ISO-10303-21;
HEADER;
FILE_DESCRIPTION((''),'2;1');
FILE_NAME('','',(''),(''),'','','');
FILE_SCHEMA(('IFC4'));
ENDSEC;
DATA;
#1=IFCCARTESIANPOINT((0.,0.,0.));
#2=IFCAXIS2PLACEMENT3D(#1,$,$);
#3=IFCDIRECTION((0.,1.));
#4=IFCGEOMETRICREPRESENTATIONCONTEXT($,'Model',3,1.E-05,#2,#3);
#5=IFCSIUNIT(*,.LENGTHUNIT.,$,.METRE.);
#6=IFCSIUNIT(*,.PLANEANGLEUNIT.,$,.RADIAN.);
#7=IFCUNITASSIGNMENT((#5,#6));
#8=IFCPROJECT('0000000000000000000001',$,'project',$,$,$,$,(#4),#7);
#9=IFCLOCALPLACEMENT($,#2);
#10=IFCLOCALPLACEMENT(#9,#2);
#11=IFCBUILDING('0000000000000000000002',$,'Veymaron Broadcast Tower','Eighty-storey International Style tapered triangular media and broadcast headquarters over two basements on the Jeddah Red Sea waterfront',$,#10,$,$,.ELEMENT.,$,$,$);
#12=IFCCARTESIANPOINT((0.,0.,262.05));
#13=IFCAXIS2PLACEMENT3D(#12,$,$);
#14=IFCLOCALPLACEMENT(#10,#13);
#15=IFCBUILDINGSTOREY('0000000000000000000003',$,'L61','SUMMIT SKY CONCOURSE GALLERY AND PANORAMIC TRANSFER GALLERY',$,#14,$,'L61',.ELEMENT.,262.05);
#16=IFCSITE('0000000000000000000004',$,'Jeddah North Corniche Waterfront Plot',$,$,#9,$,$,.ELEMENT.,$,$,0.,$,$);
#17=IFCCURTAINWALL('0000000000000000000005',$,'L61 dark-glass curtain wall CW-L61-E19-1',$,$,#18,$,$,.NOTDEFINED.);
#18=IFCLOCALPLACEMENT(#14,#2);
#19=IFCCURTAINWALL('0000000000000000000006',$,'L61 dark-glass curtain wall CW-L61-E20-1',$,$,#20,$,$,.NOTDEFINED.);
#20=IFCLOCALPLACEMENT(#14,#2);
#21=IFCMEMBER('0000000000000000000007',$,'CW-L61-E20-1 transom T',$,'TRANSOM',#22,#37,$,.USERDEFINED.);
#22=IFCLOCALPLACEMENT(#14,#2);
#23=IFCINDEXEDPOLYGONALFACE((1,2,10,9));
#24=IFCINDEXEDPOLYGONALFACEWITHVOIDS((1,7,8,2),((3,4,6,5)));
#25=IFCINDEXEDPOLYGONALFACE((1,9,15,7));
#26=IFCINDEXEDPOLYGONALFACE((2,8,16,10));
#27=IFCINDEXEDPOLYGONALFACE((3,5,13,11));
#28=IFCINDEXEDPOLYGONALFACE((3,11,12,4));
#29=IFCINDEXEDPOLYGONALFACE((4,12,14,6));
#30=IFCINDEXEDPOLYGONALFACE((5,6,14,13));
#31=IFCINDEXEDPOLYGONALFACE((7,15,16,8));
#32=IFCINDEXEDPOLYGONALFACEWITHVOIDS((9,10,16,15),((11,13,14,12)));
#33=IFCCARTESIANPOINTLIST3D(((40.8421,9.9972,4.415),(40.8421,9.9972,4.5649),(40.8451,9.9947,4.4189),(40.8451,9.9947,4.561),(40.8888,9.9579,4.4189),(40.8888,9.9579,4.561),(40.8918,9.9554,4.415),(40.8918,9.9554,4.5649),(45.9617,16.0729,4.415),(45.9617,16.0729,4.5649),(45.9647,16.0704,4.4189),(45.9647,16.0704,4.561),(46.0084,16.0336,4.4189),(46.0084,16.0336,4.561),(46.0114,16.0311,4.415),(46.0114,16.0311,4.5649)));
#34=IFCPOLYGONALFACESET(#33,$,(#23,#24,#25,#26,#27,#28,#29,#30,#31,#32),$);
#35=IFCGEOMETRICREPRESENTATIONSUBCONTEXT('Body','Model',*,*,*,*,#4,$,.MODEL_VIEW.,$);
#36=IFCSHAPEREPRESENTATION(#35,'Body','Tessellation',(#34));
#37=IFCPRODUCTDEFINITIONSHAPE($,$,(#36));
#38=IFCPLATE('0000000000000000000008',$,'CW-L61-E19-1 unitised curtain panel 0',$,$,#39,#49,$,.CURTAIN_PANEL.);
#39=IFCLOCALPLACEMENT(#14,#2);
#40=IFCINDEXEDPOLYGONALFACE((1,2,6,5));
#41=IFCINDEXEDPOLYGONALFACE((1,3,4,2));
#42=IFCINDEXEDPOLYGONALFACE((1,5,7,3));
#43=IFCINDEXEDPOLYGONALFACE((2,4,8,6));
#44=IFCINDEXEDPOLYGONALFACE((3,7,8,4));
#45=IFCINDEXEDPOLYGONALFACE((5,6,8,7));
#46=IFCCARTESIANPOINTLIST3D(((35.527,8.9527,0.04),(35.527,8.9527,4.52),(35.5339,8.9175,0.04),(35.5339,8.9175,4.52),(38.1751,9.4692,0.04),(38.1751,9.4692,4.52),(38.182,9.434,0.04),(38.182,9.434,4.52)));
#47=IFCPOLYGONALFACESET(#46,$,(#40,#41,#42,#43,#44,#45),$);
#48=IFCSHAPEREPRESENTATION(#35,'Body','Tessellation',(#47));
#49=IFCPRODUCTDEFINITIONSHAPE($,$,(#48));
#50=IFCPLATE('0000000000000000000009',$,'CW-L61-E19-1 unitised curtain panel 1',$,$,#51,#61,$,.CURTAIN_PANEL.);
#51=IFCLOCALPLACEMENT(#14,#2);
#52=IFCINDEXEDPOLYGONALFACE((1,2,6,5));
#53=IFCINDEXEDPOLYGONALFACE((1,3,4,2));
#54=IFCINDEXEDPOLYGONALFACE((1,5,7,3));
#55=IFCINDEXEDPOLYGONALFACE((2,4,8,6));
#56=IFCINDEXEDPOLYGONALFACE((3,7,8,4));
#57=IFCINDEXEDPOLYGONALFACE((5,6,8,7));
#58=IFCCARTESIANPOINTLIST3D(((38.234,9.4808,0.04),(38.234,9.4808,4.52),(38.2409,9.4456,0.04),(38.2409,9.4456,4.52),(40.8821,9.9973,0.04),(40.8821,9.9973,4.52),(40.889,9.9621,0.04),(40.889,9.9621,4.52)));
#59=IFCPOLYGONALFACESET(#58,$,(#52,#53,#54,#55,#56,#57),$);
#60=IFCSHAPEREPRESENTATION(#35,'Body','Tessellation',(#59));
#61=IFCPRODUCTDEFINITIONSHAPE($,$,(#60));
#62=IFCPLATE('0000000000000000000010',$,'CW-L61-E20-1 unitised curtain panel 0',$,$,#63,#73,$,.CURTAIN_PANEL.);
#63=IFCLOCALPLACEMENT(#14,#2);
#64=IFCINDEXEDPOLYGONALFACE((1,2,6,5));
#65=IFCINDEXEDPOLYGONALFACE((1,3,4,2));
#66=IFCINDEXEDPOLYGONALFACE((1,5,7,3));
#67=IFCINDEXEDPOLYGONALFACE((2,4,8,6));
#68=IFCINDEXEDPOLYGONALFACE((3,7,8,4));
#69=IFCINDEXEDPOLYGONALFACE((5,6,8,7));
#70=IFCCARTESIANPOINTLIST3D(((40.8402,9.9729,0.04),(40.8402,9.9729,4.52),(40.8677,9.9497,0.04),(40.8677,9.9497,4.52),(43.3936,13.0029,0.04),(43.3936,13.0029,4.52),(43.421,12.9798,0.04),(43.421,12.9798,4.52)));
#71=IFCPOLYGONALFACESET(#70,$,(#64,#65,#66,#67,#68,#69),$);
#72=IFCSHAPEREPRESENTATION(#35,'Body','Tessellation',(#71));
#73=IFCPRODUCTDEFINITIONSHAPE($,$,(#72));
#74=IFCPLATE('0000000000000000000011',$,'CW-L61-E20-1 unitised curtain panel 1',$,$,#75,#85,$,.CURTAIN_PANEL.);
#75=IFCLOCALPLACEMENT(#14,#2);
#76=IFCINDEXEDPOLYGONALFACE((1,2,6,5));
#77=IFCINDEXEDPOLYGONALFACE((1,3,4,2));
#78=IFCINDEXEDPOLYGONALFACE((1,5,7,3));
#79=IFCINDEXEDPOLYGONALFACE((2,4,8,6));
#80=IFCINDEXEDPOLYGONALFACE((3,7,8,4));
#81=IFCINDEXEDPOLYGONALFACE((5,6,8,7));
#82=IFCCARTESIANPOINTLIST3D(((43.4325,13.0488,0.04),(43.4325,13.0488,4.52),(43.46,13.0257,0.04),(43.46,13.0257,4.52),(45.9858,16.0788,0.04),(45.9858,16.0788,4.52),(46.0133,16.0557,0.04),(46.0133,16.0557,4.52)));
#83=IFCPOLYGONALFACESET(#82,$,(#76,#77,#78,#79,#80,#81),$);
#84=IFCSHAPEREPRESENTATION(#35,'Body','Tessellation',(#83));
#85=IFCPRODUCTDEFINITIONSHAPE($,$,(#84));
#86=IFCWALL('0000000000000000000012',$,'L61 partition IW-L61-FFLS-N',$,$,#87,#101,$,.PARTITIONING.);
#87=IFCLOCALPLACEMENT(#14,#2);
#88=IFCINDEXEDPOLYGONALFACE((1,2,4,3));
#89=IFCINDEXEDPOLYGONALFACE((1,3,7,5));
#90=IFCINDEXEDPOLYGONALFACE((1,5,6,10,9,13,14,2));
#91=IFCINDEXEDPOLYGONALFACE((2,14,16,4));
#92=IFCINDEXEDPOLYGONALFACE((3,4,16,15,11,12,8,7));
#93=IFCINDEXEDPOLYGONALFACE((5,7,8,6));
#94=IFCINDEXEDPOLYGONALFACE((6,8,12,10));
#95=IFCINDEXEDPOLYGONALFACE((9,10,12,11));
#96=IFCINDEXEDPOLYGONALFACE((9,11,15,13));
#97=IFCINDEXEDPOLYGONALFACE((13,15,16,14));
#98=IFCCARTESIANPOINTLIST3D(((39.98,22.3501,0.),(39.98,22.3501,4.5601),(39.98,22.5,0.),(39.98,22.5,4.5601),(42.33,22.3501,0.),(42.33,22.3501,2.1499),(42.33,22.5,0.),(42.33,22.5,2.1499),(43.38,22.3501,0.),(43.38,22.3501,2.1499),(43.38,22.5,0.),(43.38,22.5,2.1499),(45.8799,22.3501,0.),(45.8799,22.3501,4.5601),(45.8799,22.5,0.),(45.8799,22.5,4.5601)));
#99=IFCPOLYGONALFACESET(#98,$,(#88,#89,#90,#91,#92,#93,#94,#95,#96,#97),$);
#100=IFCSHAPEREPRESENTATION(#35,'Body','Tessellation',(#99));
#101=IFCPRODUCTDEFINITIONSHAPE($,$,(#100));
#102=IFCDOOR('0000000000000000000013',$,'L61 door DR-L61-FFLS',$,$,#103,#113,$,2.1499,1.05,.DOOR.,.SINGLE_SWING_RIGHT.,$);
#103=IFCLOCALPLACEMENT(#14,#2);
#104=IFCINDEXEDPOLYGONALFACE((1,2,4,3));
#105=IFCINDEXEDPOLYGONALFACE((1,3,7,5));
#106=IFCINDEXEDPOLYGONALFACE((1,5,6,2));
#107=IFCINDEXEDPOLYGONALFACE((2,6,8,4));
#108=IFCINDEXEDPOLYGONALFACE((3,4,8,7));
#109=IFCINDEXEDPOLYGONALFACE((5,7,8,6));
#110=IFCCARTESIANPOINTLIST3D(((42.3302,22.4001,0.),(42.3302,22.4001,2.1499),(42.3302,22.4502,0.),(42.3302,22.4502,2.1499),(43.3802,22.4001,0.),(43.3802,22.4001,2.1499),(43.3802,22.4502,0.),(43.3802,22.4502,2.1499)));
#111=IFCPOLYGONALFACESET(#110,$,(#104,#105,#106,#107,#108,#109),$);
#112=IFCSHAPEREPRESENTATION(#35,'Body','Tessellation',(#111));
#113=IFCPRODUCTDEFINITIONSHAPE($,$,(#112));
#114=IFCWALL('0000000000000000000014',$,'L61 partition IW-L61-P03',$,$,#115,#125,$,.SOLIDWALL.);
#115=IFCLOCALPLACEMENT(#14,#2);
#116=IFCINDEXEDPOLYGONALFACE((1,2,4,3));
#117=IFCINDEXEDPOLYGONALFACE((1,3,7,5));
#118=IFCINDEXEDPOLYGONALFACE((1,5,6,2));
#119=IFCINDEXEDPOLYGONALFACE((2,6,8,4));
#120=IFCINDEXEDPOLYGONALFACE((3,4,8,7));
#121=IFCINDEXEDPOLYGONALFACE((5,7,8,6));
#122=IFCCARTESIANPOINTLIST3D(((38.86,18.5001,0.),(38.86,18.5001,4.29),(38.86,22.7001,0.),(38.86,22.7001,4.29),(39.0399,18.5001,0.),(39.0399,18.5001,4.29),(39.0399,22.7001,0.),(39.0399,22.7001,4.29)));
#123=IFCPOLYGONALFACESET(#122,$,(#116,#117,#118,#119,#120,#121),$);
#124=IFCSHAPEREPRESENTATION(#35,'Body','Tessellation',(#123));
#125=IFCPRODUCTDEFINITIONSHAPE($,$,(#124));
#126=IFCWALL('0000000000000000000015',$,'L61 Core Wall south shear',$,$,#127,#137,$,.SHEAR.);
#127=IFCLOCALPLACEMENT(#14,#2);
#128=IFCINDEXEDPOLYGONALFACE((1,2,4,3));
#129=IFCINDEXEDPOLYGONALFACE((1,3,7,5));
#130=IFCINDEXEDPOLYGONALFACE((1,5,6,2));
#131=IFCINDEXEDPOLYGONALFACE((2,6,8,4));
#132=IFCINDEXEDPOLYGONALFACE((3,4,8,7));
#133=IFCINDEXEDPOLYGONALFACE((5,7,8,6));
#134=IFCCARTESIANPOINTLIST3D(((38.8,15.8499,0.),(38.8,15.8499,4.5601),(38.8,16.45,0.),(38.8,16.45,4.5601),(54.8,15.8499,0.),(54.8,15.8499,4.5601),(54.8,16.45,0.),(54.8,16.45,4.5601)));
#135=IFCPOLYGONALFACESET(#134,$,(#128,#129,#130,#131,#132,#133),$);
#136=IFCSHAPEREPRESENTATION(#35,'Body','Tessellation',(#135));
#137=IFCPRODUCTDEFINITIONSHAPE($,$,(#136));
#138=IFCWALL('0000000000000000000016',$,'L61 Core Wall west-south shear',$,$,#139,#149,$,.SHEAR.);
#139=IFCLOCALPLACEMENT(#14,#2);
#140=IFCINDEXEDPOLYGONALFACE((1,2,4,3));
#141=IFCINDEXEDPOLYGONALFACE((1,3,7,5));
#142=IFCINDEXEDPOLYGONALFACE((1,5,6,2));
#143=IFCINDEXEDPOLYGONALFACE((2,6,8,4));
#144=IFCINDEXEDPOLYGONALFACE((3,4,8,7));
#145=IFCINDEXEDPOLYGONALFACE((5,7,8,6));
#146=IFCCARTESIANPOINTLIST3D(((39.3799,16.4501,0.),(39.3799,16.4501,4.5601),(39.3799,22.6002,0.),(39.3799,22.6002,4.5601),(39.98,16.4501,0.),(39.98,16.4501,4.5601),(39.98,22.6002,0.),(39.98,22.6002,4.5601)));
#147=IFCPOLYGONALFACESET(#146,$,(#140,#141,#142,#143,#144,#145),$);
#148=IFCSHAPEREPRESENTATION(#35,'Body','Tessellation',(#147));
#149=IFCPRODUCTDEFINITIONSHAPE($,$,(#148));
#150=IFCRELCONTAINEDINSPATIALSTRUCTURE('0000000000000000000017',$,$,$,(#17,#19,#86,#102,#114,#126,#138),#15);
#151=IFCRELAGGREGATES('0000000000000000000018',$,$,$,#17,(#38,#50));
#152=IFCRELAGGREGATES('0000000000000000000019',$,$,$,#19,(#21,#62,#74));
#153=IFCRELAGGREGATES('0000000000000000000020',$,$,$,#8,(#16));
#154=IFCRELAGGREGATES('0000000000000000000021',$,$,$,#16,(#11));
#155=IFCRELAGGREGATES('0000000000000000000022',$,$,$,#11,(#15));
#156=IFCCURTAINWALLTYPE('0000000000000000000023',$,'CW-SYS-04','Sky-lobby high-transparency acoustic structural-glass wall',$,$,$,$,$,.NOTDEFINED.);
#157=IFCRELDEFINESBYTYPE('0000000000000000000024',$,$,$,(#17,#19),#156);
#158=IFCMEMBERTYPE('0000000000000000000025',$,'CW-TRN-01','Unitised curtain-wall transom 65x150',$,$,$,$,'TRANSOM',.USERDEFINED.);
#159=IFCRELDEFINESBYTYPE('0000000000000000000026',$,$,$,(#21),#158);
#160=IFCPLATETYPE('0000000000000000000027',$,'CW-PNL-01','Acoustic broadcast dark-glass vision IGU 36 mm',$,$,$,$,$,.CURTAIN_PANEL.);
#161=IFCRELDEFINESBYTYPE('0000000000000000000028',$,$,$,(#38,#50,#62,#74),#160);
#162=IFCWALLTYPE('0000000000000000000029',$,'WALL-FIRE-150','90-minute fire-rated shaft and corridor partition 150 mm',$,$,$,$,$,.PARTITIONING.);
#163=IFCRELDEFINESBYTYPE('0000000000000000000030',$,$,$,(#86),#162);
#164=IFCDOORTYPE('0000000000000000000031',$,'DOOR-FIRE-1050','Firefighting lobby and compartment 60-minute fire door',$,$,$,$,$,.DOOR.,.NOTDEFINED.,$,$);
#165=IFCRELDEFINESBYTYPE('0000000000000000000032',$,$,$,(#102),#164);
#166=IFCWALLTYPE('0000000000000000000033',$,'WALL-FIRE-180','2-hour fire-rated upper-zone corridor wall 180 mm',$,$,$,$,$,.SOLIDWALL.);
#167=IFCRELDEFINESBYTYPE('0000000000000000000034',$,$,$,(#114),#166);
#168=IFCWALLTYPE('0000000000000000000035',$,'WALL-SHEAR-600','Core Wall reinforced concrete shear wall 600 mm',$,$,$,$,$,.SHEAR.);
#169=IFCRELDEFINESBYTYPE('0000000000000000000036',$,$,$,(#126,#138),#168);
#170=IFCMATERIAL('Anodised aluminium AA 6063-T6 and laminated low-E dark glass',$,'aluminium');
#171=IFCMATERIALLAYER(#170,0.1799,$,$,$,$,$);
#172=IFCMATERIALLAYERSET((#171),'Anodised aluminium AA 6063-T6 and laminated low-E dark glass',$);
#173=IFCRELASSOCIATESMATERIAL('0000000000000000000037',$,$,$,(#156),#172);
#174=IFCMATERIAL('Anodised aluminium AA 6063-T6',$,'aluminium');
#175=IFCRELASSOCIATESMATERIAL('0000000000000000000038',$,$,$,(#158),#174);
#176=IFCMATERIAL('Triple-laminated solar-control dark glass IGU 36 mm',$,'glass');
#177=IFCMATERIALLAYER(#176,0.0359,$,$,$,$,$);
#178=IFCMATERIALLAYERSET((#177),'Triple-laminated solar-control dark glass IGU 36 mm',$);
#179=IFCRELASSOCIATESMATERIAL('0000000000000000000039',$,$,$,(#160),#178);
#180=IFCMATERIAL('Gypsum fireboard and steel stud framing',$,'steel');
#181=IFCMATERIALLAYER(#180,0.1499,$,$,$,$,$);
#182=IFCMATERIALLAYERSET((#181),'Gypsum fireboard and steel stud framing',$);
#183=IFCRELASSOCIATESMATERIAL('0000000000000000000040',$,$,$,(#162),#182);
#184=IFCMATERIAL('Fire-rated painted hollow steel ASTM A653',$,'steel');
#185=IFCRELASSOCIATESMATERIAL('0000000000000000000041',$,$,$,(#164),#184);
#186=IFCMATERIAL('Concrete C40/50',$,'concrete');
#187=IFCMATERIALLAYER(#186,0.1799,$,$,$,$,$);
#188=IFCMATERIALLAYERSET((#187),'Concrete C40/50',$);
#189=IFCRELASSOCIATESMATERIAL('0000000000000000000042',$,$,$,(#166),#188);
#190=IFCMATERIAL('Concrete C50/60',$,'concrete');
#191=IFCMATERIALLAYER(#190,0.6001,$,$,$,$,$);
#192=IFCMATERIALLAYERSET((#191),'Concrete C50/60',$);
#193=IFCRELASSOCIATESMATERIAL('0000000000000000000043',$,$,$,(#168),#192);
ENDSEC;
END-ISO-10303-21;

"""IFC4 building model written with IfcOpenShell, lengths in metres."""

from ifc_helpers import new_model, si_unit, direction, frame, frame_2d, origin, origin_2d, place, context, subcontext, project, spatial, rectangle, hollow_rectangle, extrude, material, layer, layer_set, material_profile, profile_set, type_object, element, fill, aggregate, save


model = new_model("IFC4")

# Units and contexts
model_context = context("Model", 3, precision=1e-05, world=origin(), true_north=direction((0.0, 1.0)))
body_context = subcontext(model_context, "Body", "Model", "MODEL_VIEW")
ifc_project = project(units=[si_unit("LENGTHUNIT", "METRE"), si_unit("PLANEANGLEUNIT", "RADIAN")], contexts=[model_context])

# Site, building, storey
site_placement = place(None, origin())
site = spatial("IfcSite", under=ifc_project, at=site_placement, Name="Jeddah North Corniche Waterfront Plot", CompositionType="ELEMENT", RefElevation=0.0)
building_placement = place(site_placement, origin())
building = spatial("IfcBuilding", under=site, at=building_placement, Name="Veymaron Broadcast Tower", Description="Eighty-storey International Style tapered triangular media and broadcast headquarters over two basements on the Jeddah Red Sea waterfront", CompositionType="ELEMENT")
storey_placement = place(building_placement, frame((0.0, 0.0, 262.05)))
storey = spatial("IfcBuildingStorey", under=building, at=storey_placement, Name="L61", Description="SUMMIT SKY CONCOURSE GALLERY AND PANORAMIC TRANSFER GALLERY", LongName="L61", CompositionType="ELEMENT", Elevation=262.05)

# Curtain walls, member
ifc_material_1 = material(Name="Anodised aluminium AA 6063-T6 and laminated low-E dark glass", Category="aluminium")
ifc_layer_1 = layer(ifc_material_1, 0.1799)
ifc_layer_set_1 = layer_set([ifc_layer_1], Name="Anodised aluminium AA 6063-T6 and laminated low-E dark glass")
curtain_wall_type = type_object("IfcCurtainWallType", Name="CW-SYS-04", Description="Sky-lobby high-transparency acoustic structural-glass wall", PredefinedType="NOTDEFINED", material=ifc_layer_set_1)
curtain_wall_1_placement = place(storey_placement, origin())
curtain_wall_1 = element("IfcCurtainWall", 1, at=curtain_wall_1_placement, inside=storey, type_object=curtain_wall_type, Name="L61 dark-glass curtain wall CW-L61-E19-1", PredefinedType="NOTDEFINED")
ifc_material_2 = material(Name="Anodised aluminium AA 6063-T6", Category="aluminium")
curtain_wall_2_placement = place(storey_placement, origin())
curtain_wall_2 = element("IfcCurtainWall", 2, at=curtain_wall_2_placement, inside=storey, type_object=curtain_wall_type, Name="L61 dark-glass curtain wall CW-L61-E20-1", PredefinedType="NOTDEFINED")
ifc_material_profile_1 = material_profile(ifc_material_2, hollow_rectangle(XDim=0.0649, YDim=0.1499, WallThickness=0.0039, at=origin_2d()), Name="AL150X65X4")
ifc_profile_set_1 = profile_set([ifc_material_profile_1], Name="Anodised aluminium AA 6063-T6")
member_type_1 = type_object("IfcMemberType", Name="CW-TRN-01", Description="Unitised curtain-wall transom 65x150", ElementType="TRANSOM", PredefinedType="USERDEFINED", material=ifc_profile_set_1)
member_1_placement = place(storey_placement, frame((40.8669, 9.9763, 4.49), z_axis=(0.644376, 0.764709, 0.0), x_axis=(-0.764709, 0.644376, 0.0)))
member_1 = element("IfcMember", 3, at=member_1_placement, type_object=member_type_1, Name="CW-L61-E20-1 transom T", ObjectType="TRANSOM", PredefinedType="USERDEFINED", context=body_context, shape_type="SweptSolid", body=[
    extrude(hollow_rectangle(XDim=0.0649, YDim=0.1499, WallThickness=0.0039, at=origin_2d()), origin(), (0.0, 0.0, 1.0), 7.9451),
])

# Plates
ifc_material_3 = material(Name="Triple-laminated solar-control dark glass IGU 36 mm", Category="glass")
ifc_layer_2 = layer(ifc_material_3, 0.0359)
ifc_layer_set_2 = layer_set([ifc_layer_2], Name="Triple-laminated solar-control dark glass IGU 36 mm")
plate_type = type_object("IfcPlateType", Name="CW-PNL-01", Description="Acoustic broadcast dark-glass vision IGU 36 mm", PredefinedType="CURTAIN_PANEL", material=ifc_layer_set_2)
plate_1_placement = place(storey_placement, frame((36.8545, 9.1934, 0.04), z_axis=(0.0, 0.0, 1.0), x_axis=(0.981504, 0.191443, 0.0)))
plate_1 = element("IfcPlate", 4, at=plate_1_placement, type_object=plate_type, Name="CW-L61-E19-1 unitised curtain panel 0", PredefinedType="CURTAIN_PANEL", context=body_context, shape_type="SweptSolid", body=[
    extrude(rectangle(XDim=2.698, YDim=0.0359, at=origin_2d()), origin(), (0.0, 0.0, 1.0), 4.48),
])
plate_2_placement = place(storey_placement, frame((39.5615, 9.7214, 0.04), z_axis=(0.0, 0.0, 1.0), x_axis=(0.981504, 0.191443, 0.0)))
plate_2 = element("IfcPlate", 5, at=plate_2_placement, type_object=plate_type, Name="CW-L61-E19-1 unitised curtain panel 1", PredefinedType="CURTAIN_PANEL", context=body_context, shape_type="SweptSolid", body=[
    extrude(rectangle(XDim=2.698, YDim=0.0359, at=origin_2d()), origin(), (0.0, 0.0, 1.0), 4.48),
])
aggregate(curtain_wall_1, [plate_1, plate_2])
plate_3_placement = place(storey_placement, frame((42.1306, 11.4763, 0.04), z_axis=(0.0, 0.0, 1.0), x_axis=(0.644391, 0.764697, 0.0)))
plate_3 = element("IfcPlate", 6, at=plate_3_placement, type_object=plate_type, Name="CW-L61-E20-1 unitised curtain panel 0", PredefinedType="CURTAIN_PANEL", context=body_context, shape_type="SweptSolid", body=[
    extrude(rectangle(XDim=3.9624, YDim=0.0359, at=origin_2d()), origin(), (0.0, 0.0, 1.0), 4.48),
])
plate_4_placement = place(storey_placement, frame((44.7229, 14.5522, 0.04), z_axis=(0.0, 0.0, 1.0), x_axis=(0.644391, 0.764697, 0.0)))
plate_4 = element("IfcPlate", 7, at=plate_4_placement, type_object=plate_type, Name="CW-L61-E20-1 unitised curtain panel 1", PredefinedType="CURTAIN_PANEL", context=body_context, shape_type="SweptSolid", body=[
    extrude(rectangle(XDim=3.9624, YDim=0.0359, at=origin_2d()), origin(), (0.0, 0.0, 1.0), 4.48),
])
aggregate(curtain_wall_2, [member_1, plate_3, plate_4])

# Wall, opening, door
ifc_material_4 = material(Name="Gypsum fireboard and steel stud framing", Category="steel")
ifc_layer_3 = layer(ifc_material_4, 0.1499)
ifc_layer_set_3 = layer_set([ifc_layer_3], Name="Gypsum fireboard and steel stud framing")
wall_type_1 = type_object("IfcWallType", Name="WALL-FIRE-150", Description="90-minute fire-rated shaft and corridor partition 150 mm", PredefinedType="PARTITIONING", material=ifc_layer_set_3)
wall_1_placement = place(storey_placement, frame((39.98, 22.425, 0.0), z_axis=(0.0, 0.0, 1.0), x_axis=(1.0, 0.0, 0.0)))
wall_1 = element("IfcWall", 8, at=wall_1_placement, inside=storey, type_object=wall_type_1, Name="L61 partition IW-L61-FFLS-N", PredefinedType="PARTITIONING", context=body_context, shape_type="SweptSolid", body=[
    extrude(rectangle(XDim=5.8999, YDim=0.1499, at=frame_2d((2.95, 0.0))), origin(), (0.0, 0.0, 1.0), 4.5601),
])
opening_1_placement = place(wall_1_placement, frame((2.3501, 0.0, 0.0)))
opening_1 = element("IfcOpeningElement", 9, at=opening_1_placement, cuts=wall_1, PredefinedType="OPENING", context=body_context, shape_type="SweptSolid", body=[
    extrude(rectangle(XDim=1.05, YDim=2.1499, at=frame_2d((0.5249, 1.075))), frame((0.0, 0.085, 0.0), z_axis=(0.0, -1.0, 0.0), x_axis=(1.0, 0.0, 0.0)), (0.0, 0.0, 1.0), 0.1699),
])
ifc_material_5 = material(Name="Fire-rated painted hollow steel ASTM A653", Category="steel")
door_type_1 = type_object("IfcDoorType", Name="DOOR-FIRE-1050", Description="Firefighting lobby and compartment 60-minute fire door", OperationType="NOTDEFINED", PredefinedType="DOOR", material=ifc_material_5)
door_1_placement = place(opening_1_placement, frame((1.05, 0.0, 0.0), z_axis=(0.0, 0.0, 1.0), x_axis=(-1.0, 0.0, 0.0)))
door_1 = element("IfcDoor", 10, at=door_1_placement, inside=storey, type_object=door_type_1, Name="L61 door DR-L61-FFLS", OperationType="SINGLE_SWING_RIGHT", OverallHeight=2.1499, OverallWidth=1.05, PredefinedType="DOOR", context=body_context, shape_type="SweptSolid", body=[
    extrude(rectangle(XDim=1.05, YDim=2.1499, at=frame_2d((0.5249, 1.075))), frame((0.0, 0.0249, 0.0), z_axis=(0.0, -1.0, 0.0), x_axis=(1.0, 0.0, 0.0)), (0.0, 0.0, 1.0), 0.05),
])
fill(opening_1, door_1)

# Wall
ifc_material_6 = material(Name="Concrete C40/50", Category="concrete")
ifc_layer_4 = layer(ifc_material_6, 0.1799)
ifc_layer_set_4 = layer_set([ifc_layer_4], Name="Concrete C40/50")
wall_type_2 = type_object("IfcWallType", Name="WALL-FIRE-180", Description="2-hour fire-rated upper-zone corridor wall 180 mm", PredefinedType="SOLIDWALL", material=ifc_layer_set_4)
wall_2_placement = place(storey_placement, frame((38.95, 18.5, 0.0), z_axis=(0.0, 0.0, 1.0), x_axis=(0.0, 1.0, 0.0)))
element("IfcWall", 11, at=wall_2_placement, inside=storey, type_object=wall_type_2, Name="L61 partition IW-L61-P03", PredefinedType="SOLIDWALL", context=body_context, shape_type="SweptSolid", body=[
    extrude(rectangle(XDim=4.2, YDim=0.1799, at=frame_2d((2.1001, 0.0))), origin(), (0.0, 0.0, 1.0), 4.29),
])

# Shared definitions
ifc_material_7 = material(Name="Concrete C50/60", Category="concrete")

# Walls
ifc_layer_5 = layer(ifc_material_7, 0.6001)
ifc_layer_set_5 = layer_set([ifc_layer_5], Name="Concrete C50/60")
wall_type_3 = type_object("IfcWallType", Name="WALL-SHEAR-600", Description="Core Wall reinforced concrete shear wall 600 mm", PredefinedType="SHEAR", material=ifc_layer_set_5)
wall_3_placement = place(storey_placement, frame((38.8, 16.1499, 0.0), z_axis=(0.0, 0.0, 1.0), x_axis=(1.0, 0.0, 0.0)))
element("IfcWall", 12, at=wall_3_placement, inside=storey, type_object=wall_type_3, Name="L61 Core Wall south shear", PredefinedType="SHEAR", context=body_context, shape_type="SweptSolid", body=[
    extrude(rectangle(XDim=16.0, YDim=0.6001, at=frame_2d((8.0, 0.0))), origin(), (0.0, 0.0, 1.0), 4.5601),
])
wall_4_placement = place(storey_placement, frame((39.6799, 16.45, 0.0), z_axis=(0.0, 0.0, 1.0), x_axis=(0.0, 1.0, 0.0)))
element("IfcWall", 13, at=wall_4_placement, inside=storey, type_object=wall_type_3, Name="L61 Core Wall west-south shear", PredefinedType="SHEAR", context=body_context, shape_type="SweptSolid", body=[
    extrude(rectangle(XDim=6.1501, YDim=0.6001, at=frame_2d((3.0752, 0.0))), origin(), (0.0, 0.0, 1.0), 4.5601),
])

save(model, "model.ifc")
